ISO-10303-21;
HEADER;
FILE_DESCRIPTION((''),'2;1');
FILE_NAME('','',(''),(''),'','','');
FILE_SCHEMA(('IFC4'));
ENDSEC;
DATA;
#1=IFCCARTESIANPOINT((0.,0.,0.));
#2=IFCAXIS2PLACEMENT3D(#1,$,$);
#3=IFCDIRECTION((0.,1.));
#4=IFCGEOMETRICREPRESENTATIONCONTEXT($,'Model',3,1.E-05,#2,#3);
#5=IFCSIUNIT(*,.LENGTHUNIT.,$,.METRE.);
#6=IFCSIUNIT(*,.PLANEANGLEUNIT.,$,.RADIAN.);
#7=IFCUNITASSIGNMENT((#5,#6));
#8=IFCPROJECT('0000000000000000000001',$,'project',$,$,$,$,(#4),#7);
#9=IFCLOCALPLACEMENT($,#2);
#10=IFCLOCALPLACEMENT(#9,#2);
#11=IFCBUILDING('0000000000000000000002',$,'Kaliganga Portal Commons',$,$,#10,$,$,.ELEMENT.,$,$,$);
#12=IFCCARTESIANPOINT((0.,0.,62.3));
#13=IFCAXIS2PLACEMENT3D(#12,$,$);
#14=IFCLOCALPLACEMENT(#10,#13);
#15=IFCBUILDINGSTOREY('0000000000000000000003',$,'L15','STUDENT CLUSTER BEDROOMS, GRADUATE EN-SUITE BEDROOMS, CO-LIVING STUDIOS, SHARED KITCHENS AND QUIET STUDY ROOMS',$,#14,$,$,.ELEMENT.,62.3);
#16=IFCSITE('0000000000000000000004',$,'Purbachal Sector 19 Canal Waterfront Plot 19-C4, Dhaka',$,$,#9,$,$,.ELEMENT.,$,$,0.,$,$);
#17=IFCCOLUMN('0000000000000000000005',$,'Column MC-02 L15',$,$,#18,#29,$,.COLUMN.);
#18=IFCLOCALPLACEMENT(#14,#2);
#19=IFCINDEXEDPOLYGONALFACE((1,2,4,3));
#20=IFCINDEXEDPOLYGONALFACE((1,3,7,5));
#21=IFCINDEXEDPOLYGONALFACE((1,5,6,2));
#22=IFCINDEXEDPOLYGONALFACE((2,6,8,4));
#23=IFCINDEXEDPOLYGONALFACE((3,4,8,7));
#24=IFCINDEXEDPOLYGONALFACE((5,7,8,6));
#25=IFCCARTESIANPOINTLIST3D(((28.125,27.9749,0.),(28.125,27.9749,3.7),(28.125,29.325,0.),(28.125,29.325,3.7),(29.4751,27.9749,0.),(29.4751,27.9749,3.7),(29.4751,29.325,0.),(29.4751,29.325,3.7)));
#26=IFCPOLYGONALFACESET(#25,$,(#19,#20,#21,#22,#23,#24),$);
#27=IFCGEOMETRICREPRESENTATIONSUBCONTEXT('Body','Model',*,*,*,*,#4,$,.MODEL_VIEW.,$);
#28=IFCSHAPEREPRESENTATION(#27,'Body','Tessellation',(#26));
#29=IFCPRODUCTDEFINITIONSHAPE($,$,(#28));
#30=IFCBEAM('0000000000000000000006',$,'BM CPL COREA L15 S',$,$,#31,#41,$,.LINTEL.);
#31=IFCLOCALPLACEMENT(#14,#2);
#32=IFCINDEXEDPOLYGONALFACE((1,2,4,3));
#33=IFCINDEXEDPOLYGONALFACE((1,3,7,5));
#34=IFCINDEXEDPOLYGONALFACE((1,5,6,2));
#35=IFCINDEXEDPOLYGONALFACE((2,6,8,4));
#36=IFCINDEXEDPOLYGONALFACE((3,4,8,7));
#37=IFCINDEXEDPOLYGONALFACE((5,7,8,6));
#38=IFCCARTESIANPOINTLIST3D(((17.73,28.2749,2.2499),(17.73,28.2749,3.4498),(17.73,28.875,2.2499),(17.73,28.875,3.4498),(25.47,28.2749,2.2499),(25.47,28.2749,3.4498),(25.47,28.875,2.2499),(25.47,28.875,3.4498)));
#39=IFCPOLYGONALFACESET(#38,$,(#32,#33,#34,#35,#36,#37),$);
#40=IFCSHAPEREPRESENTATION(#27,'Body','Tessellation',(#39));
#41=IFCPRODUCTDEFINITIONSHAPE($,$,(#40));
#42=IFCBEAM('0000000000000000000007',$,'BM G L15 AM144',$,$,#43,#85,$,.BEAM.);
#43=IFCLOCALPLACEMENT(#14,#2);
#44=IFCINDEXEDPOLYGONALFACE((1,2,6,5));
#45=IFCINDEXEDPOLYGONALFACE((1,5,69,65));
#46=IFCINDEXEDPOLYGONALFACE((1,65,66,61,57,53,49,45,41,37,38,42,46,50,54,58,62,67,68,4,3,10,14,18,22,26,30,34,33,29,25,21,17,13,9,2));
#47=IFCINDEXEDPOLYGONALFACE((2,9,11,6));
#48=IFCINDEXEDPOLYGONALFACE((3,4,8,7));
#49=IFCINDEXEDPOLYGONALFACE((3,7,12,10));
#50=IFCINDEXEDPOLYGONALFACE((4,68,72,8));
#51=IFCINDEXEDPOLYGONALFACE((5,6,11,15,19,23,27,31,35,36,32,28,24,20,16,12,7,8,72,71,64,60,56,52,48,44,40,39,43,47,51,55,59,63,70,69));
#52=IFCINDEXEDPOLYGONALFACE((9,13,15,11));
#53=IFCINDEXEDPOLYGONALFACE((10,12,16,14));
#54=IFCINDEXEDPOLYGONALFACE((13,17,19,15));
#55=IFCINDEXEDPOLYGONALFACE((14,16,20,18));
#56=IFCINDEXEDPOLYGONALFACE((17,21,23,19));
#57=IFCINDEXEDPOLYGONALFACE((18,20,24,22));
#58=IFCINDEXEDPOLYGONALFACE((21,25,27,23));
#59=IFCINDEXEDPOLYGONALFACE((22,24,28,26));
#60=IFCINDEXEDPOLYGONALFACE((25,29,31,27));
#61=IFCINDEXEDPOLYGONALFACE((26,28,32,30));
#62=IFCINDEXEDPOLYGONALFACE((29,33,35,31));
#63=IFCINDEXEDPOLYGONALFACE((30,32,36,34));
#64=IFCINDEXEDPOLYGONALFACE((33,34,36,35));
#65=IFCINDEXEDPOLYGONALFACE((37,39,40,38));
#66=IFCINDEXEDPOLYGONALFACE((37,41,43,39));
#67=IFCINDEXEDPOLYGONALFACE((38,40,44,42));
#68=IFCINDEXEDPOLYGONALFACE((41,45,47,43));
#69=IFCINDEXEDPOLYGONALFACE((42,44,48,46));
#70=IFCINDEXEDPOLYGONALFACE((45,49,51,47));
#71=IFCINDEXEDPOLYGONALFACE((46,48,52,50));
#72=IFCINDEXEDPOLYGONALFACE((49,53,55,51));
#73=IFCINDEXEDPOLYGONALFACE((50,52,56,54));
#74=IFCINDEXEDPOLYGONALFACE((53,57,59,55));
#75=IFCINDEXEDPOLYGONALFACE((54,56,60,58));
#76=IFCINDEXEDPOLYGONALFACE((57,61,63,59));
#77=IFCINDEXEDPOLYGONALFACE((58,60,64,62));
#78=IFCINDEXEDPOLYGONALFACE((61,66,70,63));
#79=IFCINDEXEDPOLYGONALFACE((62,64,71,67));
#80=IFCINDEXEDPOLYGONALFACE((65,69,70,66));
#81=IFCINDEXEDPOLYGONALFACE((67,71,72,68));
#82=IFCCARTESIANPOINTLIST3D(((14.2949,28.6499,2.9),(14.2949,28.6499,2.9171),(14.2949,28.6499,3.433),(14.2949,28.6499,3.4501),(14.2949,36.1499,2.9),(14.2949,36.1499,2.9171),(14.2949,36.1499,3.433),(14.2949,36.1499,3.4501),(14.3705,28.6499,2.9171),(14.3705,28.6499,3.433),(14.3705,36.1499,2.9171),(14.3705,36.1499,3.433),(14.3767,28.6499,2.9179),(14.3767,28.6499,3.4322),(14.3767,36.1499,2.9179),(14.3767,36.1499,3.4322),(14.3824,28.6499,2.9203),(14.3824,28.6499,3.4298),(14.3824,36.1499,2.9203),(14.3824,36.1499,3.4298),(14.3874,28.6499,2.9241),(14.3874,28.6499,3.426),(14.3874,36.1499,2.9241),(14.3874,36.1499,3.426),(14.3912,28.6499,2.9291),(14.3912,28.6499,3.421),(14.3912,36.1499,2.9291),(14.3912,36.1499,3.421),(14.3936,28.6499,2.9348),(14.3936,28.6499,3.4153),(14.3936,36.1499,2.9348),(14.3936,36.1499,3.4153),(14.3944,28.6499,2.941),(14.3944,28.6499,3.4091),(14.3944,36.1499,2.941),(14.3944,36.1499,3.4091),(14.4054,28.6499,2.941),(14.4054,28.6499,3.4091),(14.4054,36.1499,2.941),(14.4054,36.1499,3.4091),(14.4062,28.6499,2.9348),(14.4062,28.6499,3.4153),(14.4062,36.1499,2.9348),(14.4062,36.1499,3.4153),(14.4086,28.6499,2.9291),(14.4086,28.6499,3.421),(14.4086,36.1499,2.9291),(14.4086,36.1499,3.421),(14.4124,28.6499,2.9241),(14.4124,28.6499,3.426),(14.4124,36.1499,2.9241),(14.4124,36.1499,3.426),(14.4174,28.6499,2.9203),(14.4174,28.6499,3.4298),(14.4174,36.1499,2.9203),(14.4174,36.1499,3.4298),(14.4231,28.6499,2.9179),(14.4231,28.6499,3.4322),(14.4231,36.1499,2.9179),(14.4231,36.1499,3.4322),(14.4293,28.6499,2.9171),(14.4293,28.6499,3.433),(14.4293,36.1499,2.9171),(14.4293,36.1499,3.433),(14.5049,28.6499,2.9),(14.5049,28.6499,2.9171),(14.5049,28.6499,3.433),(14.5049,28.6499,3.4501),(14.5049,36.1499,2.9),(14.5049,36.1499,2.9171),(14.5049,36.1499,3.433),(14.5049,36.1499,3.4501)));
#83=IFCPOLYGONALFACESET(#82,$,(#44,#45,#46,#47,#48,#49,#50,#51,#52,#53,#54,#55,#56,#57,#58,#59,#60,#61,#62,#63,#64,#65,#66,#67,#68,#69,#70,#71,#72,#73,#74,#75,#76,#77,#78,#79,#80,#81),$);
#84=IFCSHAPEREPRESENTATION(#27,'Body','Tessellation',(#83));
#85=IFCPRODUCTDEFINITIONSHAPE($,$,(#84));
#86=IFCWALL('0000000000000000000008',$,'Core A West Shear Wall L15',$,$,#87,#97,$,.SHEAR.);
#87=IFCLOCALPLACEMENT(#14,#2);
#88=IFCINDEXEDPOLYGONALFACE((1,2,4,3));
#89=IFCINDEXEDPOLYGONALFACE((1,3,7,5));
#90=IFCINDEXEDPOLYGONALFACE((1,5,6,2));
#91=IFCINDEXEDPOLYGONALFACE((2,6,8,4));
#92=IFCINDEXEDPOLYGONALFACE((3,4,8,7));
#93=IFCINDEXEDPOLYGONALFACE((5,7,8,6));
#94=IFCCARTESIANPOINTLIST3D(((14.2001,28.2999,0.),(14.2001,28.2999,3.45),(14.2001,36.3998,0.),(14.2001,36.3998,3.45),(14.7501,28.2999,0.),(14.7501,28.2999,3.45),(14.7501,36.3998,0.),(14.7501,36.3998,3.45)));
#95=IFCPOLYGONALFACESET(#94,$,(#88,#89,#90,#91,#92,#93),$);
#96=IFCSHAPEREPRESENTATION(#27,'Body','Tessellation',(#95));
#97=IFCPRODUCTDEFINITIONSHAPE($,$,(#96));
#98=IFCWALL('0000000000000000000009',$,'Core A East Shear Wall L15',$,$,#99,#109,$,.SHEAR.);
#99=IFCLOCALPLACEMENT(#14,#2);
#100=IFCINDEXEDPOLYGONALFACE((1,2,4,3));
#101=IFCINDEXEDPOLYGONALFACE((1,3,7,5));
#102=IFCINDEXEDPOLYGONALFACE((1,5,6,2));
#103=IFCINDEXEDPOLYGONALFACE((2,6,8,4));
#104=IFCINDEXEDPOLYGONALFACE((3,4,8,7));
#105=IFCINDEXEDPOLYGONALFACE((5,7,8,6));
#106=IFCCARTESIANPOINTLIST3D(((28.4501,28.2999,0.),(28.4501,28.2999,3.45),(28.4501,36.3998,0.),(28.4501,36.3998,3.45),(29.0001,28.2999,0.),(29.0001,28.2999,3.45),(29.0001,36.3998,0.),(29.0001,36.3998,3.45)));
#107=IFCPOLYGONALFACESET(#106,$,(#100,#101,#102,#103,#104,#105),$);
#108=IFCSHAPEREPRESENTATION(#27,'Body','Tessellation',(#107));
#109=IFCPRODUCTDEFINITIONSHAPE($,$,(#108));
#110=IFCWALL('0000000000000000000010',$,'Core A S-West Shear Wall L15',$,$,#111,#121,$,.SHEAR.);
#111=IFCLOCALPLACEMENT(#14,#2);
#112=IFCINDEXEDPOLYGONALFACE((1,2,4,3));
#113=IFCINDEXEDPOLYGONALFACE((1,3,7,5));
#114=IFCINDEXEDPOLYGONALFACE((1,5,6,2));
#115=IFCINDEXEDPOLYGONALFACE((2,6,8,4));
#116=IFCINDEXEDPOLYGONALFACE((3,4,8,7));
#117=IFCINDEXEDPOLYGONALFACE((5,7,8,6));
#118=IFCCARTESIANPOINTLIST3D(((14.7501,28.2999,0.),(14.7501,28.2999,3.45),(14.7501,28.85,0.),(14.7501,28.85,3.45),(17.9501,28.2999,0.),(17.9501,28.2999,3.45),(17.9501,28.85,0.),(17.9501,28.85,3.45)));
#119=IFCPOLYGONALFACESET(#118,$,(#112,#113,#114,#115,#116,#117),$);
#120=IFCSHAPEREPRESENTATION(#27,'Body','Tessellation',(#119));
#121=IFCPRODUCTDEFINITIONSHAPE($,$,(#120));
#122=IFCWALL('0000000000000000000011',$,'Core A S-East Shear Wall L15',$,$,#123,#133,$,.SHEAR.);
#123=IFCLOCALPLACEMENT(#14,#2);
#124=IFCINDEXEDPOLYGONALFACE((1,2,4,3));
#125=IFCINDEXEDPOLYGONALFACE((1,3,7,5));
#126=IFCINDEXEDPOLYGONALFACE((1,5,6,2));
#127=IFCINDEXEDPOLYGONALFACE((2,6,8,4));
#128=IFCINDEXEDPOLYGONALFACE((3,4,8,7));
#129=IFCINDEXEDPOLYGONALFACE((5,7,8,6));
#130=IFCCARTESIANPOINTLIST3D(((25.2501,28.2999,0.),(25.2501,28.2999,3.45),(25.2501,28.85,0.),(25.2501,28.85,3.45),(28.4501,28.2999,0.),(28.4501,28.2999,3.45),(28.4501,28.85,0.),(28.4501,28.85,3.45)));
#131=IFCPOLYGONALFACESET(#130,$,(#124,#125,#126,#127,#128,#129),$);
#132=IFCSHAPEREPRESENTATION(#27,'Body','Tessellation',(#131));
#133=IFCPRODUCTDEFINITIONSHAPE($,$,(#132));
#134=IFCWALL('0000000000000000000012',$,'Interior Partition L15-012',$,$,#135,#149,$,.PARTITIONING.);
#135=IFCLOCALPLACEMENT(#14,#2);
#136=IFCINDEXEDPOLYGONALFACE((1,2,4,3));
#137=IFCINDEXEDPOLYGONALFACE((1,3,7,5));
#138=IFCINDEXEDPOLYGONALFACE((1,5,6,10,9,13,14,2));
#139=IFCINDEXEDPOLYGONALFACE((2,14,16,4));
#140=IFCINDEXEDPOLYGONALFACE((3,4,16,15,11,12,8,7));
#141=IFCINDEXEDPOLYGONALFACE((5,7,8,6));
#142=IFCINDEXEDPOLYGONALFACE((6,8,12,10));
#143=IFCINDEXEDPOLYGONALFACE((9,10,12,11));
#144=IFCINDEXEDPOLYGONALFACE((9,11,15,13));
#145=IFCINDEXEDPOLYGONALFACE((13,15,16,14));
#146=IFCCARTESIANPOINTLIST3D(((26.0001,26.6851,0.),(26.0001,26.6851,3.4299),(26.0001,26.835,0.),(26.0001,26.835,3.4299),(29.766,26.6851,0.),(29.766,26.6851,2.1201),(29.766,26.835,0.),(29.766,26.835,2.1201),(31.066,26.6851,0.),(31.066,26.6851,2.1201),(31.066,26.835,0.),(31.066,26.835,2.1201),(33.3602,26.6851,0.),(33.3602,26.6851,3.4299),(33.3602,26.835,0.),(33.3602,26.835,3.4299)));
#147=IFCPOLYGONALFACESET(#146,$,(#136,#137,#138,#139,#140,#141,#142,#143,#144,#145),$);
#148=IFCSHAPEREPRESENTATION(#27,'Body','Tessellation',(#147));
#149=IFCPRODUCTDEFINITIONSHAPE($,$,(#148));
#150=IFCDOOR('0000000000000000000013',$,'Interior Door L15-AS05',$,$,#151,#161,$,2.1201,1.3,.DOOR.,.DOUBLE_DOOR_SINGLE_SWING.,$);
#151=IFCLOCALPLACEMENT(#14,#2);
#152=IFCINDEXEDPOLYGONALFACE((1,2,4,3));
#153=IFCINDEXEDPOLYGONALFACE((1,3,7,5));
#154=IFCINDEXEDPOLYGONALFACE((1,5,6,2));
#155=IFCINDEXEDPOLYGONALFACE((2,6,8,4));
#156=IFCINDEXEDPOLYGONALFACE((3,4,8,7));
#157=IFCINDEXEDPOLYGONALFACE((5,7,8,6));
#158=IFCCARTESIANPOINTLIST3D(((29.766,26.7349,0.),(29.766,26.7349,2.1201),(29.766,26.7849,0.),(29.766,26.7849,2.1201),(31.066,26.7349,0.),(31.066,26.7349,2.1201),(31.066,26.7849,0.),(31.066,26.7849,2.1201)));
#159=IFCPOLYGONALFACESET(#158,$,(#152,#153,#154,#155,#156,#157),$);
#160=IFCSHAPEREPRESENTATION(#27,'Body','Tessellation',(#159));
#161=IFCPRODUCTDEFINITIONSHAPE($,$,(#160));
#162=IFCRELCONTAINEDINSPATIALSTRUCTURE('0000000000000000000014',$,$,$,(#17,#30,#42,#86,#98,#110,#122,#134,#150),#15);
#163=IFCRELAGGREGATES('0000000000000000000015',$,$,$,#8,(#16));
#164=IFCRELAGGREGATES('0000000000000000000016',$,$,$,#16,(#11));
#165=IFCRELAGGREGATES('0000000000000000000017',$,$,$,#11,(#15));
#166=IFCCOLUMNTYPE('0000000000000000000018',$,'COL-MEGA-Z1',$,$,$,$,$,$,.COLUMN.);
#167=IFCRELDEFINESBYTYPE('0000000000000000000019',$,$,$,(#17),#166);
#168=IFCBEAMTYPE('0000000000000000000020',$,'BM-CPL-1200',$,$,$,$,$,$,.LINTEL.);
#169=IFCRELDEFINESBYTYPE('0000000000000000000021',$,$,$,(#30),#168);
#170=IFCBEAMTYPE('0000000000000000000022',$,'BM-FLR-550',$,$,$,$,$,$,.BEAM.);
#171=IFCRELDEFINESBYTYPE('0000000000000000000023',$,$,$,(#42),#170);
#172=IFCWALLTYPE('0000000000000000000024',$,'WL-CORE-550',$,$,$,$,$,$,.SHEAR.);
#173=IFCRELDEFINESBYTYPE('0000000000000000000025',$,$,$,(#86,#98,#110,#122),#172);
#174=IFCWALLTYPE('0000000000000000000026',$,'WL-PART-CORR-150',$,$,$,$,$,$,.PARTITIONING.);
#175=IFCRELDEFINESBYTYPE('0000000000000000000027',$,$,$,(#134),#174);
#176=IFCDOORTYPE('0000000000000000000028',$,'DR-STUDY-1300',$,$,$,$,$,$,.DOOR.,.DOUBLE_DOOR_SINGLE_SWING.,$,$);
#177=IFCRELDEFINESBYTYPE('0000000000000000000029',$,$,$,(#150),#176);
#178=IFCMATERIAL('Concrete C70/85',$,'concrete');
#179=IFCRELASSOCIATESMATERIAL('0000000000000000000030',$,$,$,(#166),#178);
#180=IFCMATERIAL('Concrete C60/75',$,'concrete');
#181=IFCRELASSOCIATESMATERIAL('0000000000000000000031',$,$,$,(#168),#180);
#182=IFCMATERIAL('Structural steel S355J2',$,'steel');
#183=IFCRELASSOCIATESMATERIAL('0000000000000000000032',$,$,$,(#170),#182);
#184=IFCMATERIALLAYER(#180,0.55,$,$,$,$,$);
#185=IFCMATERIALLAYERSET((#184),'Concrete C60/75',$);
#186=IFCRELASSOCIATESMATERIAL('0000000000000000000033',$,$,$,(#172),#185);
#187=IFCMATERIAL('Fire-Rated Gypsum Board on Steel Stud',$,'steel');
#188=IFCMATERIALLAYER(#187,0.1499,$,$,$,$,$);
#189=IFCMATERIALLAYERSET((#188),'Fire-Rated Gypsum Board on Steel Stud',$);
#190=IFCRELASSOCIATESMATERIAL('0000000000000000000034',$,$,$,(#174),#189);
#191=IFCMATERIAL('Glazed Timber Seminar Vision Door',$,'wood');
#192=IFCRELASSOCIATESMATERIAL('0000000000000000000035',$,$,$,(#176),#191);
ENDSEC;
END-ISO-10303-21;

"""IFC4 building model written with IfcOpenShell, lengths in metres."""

from ifc_helpers import new_model, si_unit, direction, frame, frame_2d, origin, origin_2d, place, context, subcontext, project, spatial, rectangle, i_section, extrude, source, transform, mapped, material, layer, layer_set, material_profile, profile_set, type_object, element, fill, save


model = new_model("IFC4")

# Units and contexts
model_context = context("Model", 3, precision=1e-05, world=origin(), true_north=direction((0.0, 1.0)))
body_context = subcontext(model_context, "Body", "Model", "MODEL_VIEW")
ifc_project = project(units=[si_unit("LENGTHUNIT", "METRE"), si_unit("PLANEANGLEUNIT", "RADIAN")], contexts=[model_context])

# Site, building, storey
site_placement = place(None, origin())
site = spatial("IfcSite", under=ifc_project, at=site_placement, Name="Purbachal Sector 19 Canal Waterfront Plot 19-C4, Dhaka", CompositionType="ELEMENT", RefElevation=0.0)
building_placement = place(site_placement, origin())
building = spatial("IfcBuilding", under=site, at=building_placement, Name="Kaliganga Portal Commons", CompositionType="ELEMENT")
storey_placement = place(building_placement, frame((0.0, 0.0, 62.3)))
storey = spatial("IfcBuildingStorey", under=building, at=storey_placement, Name="L15", Description="STUDENT CLUSTER BEDROOMS, GRADUATE EN-SUITE BEDROOMS, CO-LIVING STUDIOS, SHARED KITCHENS AND QUIET STUDY ROOMS", CompositionType="ELEMENT", Elevation=62.3)

# Column
ifc_material_1 = material(Name="Concrete C70/85", Category="concrete")
ifc_material_profile_1 = material_profile(ifc_material_1, rectangle(XDim=1.3501, YDim=1.3501, at=origin_2d()), Name="RC 1350x1350")
ifc_profile_set_1 = profile_set([ifc_material_profile_1], Name="Concrete C70/85")
column_type = type_object("IfcColumnType", Name="COL-MEGA-Z1", PredefinedType="COLUMN", material=ifc_profile_set_1)
shared_shape_1 = source(origin(), body_context, "Body", "SweptSolid", [
    extrude(rectangle(XDim=1.3501, YDim=1.3501, at=origin_2d()), origin(), (0.0, 0.0, 1.0), 3.7),
])
column_placement = place(storey_placement, frame((28.8, 28.6499, 0.0), z_axis=(0.0, 0.0, 1.0), x_axis=(1.0, 0.0, 0.0)))
element("IfcColumn", 1, at=column_placement, inside=storey, type_object=column_type, Name="Column MC-02 L15", PredefinedType="COLUMN", context=body_context, shape_type="MappedRepresentation", body=[
    mapped(shared_shape_1, transform((0.0, 0.0, 0.0), x_axis=(1.0, 0.0, 0.0), y_axis=(0.0, 1.0, 0.0), z_axis=(0.0, 0.0, 1.0), scale=1.0)),
])

# Beams
ifc_material_2 = material(Name="Concrete C60/75", Category="concrete")
ifc_material_profile_2 = material_profile(ifc_material_2, rectangle(XDim=0.6001, YDim=1.2, at=origin_2d()), Name="RC 600x1200")
ifc_profile_set_2 = profile_set([ifc_material_profile_2], Name="Concrete C60/75")
beam_type_1 = type_object("IfcBeamType", Name="BM-CPL-1200", PredefinedType="LINTEL", material=ifc_profile_set_2)
shared_shape_2 = source(origin(), body_context, "Body", "SweptSolid", [
    extrude(rectangle(XDim=0.6001, YDim=1.2, at=origin_2d()), origin(), (0.0, 0.0, 1.0), 7.74),
])
beam_1_placement = place(storey_placement, frame((17.73, 28.575, 2.8499), z_axis=(1.0, 0.0, 0.0), x_axis=(0.0, 1.0, 0.0)))
element("IfcBeam", 2, at=beam_1_placement, inside=storey, type_object=beam_type_1, Name="BM CPL COREA L15 S", PredefinedType="LINTEL", context=body_context, shape_type="MappedRepresentation", body=[
    mapped(shared_shape_2, transform((0.0, 0.0, 0.0), x_axis=(1.0, 0.0, 0.0), y_axis=(0.0, 1.0, 0.0), z_axis=(0.0, 0.0, 1.0), scale=1.0)),
])
ifc_material_3 = material(Name="Structural steel S355J2", Category="steel")
ifc_material_profile_3 = material_profile(ifc_material_3, i_section(OverallWidth=0.21, OverallDepth=0.55, WebThickness=0.011, FlangeThickness=0.0171, FilletRadius=0.0239, at=origin_2d()), Name="IPE 550")
ifc_profile_set_3 = profile_set([ifc_material_profile_3], Name="Structural steel S355J2 wide-flange")
beam_type_2 = type_object("IfcBeamType", Name="BM-FLR-550", PredefinedType="BEAM", material=ifc_profile_set_3)
shared_shape_3 = source(origin(), body_context, "Body", "SweptSolid", [
    extrude(i_section(OverallWidth=0.21, OverallDepth=0.55, WebThickness=0.011, FlangeThickness=0.0171, FilletRadius=0.0239, at=origin_2d()), origin(), (0.0, 0.0, 1.0), 7.5),
])
beam_2_placement = place(storey_placement, frame((14.3999, 28.6499, 3.175), z_axis=(0.0, 1.0, 0.0), x_axis=(-1.0, 0.0, 0.0)))
element("IfcBeam", 3, at=beam_2_placement, inside=storey, type_object=beam_type_2, Name="BM G L15 AM144", PredefinedType="BEAM", context=body_context, shape_type="MappedRepresentation", body=[
    mapped(shared_shape_3, transform((0.0, 0.0, 0.0), x_axis=(1.0, 0.0, 0.0), y_axis=(0.0, 1.0, 0.0), z_axis=(0.0, 0.0, 1.0), scale=1.0)),
])

# Walls
ifc_layer_1 = layer(ifc_material_2, 0.55)
ifc_layer_set_1 = layer_set([ifc_layer_1], Name="Concrete C60/75")
wall_type_1 = type_object("IfcWallType", Name="WL-CORE-550", PredefinedType="SHEAR", material=ifc_layer_set_1)
for number, where, z_axis, x_axis, name in (
    (4, (14.4751, 28.3, 0.0), (0.0, 0.0, 1.0), (0.0, 1.0, 0.0), "Core A West Shear Wall L15"),
    (5, (28.7251, 28.3, 0.0), (0.0, 0.0, 1.0), (0.0, 1.0, 0.0), "Core A East Shear Wall L15"),
):
    element("IfcWall", number, at=place(storey_placement, frame(where, z_axis=z_axis, x_axis=x_axis)), inside=storey, type_object=wall_type_1, Name=name, PredefinedType="SHEAR", context=body_context, shape_type="SweptSolid", body=[
        extrude(rectangle(XDim=8.0999, YDim=0.55, at=frame_2d((4.0498, 0.0))), origin(), (0.0, 0.0, 1.0), 3.45),
    ])
for number, where, z_axis, x_axis, name in (
    (6, (14.75, 28.575, 0.0), (0.0, 0.0, 1.0), (1.0, 0.0, 0.0), "Core A S-West Shear Wall L15"),
    (7, (25.25, 28.575, 0.0), (0.0, 0.0, 1.0), (1.0, 0.0, 0.0), "Core A S-East Shear Wall L15"),
):
    element("IfcWall", number, at=place(storey_placement, frame(where, z_axis=z_axis, x_axis=x_axis)), inside=storey, type_object=wall_type_1, Name=name, PredefinedType="SHEAR", context=body_context, shape_type="SweptSolid", body=[
        extrude(rectangle(XDim=3.2, YDim=0.55, at=frame_2d((1.6001, 0.0))), origin(), (0.0, 0.0, 1.0), 3.45),
    ])

# Wall, opening, door
ifc_material_4 = material(Name="Fire-Rated Gypsum Board on Steel Stud", Category="steel")
ifc_layer_2 = layer(ifc_material_4, 0.1499)
ifc_layer_set_2 = layer_set([ifc_layer_2], Name="Fire-Rated Gypsum Board on Steel Stud")
wall_type_2 = type_object("IfcWallType", Name="WL-PART-CORR-150", PredefinedType="PARTITIONING", material=ifc_layer_set_2)
wall_1_placement = place(storey_placement, frame((26.0, 26.76, 0.0), z_axis=(0.0, 0.0, 1.0), x_axis=(1.0, 0.0, 0.0)))
wall_1 = element("IfcWall", 8, at=wall_1_placement, inside=storey, type_object=wall_type_2, Name="Interior Partition L15-012", PredefinedType="PARTITIONING", context=body_context, shape_type="SweptSolid", body=[
    extrude(rectangle(XDim=7.3601, YDim=0.1499, at=frame_2d((3.6802, 0.0))), origin(), (0.0, 0.0, 1.0), 3.4299),
])
opening_1_placement = place(wall_1_placement, frame((3.7661, 0.0, 0.0)))
opening_1 = element("IfcOpeningElement", 9, at=opening_1_placement, cuts=wall_1, PredefinedType="OPENING", context=body_context, shape_type="SweptSolid", body=[
    extrude(rectangle(XDim=1.3, YDim=2.1201, at=frame_2d((0.6499, 1.0601))), frame((0.0, 0.085, 0.0), z_axis=(0.0, -1.0, 0.0), x_axis=(1.0, 0.0, 0.0)), (0.0, 0.0, 1.0), 0.1699),
])
ifc_material_5 = material(Name="Glazed Timber Seminar Vision Door", Category="wood")
door_type_1 = type_object("IfcDoorType", Name="DR-STUDY-1300", OperationType="DOUBLE_DOOR_SINGLE_SWING", PredefinedType="DOOR", material=ifc_material_5)
door_1_placement = place(opening_1_placement, origin())
door_1 = element("IfcDoor", 10, at=door_1_placement, inside=storey, type_object=door_type_1, Name="Interior Door L15-AS05", OperationType="DOUBLE_DOOR_SINGLE_SWING", OverallHeight=2.1201, OverallWidth=1.3, PredefinedType="DOOR", context=body_context, shape_type="SweptSolid", body=[
    extrude(rectangle(XDim=1.3, YDim=2.1201, at=frame_2d((0.6499, 1.0601))), frame((0.0, 0.0249, 0.0), z_axis=(0.0, -1.0, 0.0), x_axis=(1.0, 0.0, 0.0)), (0.0, 0.0, 1.0), 0.05),
])
fill(opening_1, door_1)

save(model, "model.ifc")
